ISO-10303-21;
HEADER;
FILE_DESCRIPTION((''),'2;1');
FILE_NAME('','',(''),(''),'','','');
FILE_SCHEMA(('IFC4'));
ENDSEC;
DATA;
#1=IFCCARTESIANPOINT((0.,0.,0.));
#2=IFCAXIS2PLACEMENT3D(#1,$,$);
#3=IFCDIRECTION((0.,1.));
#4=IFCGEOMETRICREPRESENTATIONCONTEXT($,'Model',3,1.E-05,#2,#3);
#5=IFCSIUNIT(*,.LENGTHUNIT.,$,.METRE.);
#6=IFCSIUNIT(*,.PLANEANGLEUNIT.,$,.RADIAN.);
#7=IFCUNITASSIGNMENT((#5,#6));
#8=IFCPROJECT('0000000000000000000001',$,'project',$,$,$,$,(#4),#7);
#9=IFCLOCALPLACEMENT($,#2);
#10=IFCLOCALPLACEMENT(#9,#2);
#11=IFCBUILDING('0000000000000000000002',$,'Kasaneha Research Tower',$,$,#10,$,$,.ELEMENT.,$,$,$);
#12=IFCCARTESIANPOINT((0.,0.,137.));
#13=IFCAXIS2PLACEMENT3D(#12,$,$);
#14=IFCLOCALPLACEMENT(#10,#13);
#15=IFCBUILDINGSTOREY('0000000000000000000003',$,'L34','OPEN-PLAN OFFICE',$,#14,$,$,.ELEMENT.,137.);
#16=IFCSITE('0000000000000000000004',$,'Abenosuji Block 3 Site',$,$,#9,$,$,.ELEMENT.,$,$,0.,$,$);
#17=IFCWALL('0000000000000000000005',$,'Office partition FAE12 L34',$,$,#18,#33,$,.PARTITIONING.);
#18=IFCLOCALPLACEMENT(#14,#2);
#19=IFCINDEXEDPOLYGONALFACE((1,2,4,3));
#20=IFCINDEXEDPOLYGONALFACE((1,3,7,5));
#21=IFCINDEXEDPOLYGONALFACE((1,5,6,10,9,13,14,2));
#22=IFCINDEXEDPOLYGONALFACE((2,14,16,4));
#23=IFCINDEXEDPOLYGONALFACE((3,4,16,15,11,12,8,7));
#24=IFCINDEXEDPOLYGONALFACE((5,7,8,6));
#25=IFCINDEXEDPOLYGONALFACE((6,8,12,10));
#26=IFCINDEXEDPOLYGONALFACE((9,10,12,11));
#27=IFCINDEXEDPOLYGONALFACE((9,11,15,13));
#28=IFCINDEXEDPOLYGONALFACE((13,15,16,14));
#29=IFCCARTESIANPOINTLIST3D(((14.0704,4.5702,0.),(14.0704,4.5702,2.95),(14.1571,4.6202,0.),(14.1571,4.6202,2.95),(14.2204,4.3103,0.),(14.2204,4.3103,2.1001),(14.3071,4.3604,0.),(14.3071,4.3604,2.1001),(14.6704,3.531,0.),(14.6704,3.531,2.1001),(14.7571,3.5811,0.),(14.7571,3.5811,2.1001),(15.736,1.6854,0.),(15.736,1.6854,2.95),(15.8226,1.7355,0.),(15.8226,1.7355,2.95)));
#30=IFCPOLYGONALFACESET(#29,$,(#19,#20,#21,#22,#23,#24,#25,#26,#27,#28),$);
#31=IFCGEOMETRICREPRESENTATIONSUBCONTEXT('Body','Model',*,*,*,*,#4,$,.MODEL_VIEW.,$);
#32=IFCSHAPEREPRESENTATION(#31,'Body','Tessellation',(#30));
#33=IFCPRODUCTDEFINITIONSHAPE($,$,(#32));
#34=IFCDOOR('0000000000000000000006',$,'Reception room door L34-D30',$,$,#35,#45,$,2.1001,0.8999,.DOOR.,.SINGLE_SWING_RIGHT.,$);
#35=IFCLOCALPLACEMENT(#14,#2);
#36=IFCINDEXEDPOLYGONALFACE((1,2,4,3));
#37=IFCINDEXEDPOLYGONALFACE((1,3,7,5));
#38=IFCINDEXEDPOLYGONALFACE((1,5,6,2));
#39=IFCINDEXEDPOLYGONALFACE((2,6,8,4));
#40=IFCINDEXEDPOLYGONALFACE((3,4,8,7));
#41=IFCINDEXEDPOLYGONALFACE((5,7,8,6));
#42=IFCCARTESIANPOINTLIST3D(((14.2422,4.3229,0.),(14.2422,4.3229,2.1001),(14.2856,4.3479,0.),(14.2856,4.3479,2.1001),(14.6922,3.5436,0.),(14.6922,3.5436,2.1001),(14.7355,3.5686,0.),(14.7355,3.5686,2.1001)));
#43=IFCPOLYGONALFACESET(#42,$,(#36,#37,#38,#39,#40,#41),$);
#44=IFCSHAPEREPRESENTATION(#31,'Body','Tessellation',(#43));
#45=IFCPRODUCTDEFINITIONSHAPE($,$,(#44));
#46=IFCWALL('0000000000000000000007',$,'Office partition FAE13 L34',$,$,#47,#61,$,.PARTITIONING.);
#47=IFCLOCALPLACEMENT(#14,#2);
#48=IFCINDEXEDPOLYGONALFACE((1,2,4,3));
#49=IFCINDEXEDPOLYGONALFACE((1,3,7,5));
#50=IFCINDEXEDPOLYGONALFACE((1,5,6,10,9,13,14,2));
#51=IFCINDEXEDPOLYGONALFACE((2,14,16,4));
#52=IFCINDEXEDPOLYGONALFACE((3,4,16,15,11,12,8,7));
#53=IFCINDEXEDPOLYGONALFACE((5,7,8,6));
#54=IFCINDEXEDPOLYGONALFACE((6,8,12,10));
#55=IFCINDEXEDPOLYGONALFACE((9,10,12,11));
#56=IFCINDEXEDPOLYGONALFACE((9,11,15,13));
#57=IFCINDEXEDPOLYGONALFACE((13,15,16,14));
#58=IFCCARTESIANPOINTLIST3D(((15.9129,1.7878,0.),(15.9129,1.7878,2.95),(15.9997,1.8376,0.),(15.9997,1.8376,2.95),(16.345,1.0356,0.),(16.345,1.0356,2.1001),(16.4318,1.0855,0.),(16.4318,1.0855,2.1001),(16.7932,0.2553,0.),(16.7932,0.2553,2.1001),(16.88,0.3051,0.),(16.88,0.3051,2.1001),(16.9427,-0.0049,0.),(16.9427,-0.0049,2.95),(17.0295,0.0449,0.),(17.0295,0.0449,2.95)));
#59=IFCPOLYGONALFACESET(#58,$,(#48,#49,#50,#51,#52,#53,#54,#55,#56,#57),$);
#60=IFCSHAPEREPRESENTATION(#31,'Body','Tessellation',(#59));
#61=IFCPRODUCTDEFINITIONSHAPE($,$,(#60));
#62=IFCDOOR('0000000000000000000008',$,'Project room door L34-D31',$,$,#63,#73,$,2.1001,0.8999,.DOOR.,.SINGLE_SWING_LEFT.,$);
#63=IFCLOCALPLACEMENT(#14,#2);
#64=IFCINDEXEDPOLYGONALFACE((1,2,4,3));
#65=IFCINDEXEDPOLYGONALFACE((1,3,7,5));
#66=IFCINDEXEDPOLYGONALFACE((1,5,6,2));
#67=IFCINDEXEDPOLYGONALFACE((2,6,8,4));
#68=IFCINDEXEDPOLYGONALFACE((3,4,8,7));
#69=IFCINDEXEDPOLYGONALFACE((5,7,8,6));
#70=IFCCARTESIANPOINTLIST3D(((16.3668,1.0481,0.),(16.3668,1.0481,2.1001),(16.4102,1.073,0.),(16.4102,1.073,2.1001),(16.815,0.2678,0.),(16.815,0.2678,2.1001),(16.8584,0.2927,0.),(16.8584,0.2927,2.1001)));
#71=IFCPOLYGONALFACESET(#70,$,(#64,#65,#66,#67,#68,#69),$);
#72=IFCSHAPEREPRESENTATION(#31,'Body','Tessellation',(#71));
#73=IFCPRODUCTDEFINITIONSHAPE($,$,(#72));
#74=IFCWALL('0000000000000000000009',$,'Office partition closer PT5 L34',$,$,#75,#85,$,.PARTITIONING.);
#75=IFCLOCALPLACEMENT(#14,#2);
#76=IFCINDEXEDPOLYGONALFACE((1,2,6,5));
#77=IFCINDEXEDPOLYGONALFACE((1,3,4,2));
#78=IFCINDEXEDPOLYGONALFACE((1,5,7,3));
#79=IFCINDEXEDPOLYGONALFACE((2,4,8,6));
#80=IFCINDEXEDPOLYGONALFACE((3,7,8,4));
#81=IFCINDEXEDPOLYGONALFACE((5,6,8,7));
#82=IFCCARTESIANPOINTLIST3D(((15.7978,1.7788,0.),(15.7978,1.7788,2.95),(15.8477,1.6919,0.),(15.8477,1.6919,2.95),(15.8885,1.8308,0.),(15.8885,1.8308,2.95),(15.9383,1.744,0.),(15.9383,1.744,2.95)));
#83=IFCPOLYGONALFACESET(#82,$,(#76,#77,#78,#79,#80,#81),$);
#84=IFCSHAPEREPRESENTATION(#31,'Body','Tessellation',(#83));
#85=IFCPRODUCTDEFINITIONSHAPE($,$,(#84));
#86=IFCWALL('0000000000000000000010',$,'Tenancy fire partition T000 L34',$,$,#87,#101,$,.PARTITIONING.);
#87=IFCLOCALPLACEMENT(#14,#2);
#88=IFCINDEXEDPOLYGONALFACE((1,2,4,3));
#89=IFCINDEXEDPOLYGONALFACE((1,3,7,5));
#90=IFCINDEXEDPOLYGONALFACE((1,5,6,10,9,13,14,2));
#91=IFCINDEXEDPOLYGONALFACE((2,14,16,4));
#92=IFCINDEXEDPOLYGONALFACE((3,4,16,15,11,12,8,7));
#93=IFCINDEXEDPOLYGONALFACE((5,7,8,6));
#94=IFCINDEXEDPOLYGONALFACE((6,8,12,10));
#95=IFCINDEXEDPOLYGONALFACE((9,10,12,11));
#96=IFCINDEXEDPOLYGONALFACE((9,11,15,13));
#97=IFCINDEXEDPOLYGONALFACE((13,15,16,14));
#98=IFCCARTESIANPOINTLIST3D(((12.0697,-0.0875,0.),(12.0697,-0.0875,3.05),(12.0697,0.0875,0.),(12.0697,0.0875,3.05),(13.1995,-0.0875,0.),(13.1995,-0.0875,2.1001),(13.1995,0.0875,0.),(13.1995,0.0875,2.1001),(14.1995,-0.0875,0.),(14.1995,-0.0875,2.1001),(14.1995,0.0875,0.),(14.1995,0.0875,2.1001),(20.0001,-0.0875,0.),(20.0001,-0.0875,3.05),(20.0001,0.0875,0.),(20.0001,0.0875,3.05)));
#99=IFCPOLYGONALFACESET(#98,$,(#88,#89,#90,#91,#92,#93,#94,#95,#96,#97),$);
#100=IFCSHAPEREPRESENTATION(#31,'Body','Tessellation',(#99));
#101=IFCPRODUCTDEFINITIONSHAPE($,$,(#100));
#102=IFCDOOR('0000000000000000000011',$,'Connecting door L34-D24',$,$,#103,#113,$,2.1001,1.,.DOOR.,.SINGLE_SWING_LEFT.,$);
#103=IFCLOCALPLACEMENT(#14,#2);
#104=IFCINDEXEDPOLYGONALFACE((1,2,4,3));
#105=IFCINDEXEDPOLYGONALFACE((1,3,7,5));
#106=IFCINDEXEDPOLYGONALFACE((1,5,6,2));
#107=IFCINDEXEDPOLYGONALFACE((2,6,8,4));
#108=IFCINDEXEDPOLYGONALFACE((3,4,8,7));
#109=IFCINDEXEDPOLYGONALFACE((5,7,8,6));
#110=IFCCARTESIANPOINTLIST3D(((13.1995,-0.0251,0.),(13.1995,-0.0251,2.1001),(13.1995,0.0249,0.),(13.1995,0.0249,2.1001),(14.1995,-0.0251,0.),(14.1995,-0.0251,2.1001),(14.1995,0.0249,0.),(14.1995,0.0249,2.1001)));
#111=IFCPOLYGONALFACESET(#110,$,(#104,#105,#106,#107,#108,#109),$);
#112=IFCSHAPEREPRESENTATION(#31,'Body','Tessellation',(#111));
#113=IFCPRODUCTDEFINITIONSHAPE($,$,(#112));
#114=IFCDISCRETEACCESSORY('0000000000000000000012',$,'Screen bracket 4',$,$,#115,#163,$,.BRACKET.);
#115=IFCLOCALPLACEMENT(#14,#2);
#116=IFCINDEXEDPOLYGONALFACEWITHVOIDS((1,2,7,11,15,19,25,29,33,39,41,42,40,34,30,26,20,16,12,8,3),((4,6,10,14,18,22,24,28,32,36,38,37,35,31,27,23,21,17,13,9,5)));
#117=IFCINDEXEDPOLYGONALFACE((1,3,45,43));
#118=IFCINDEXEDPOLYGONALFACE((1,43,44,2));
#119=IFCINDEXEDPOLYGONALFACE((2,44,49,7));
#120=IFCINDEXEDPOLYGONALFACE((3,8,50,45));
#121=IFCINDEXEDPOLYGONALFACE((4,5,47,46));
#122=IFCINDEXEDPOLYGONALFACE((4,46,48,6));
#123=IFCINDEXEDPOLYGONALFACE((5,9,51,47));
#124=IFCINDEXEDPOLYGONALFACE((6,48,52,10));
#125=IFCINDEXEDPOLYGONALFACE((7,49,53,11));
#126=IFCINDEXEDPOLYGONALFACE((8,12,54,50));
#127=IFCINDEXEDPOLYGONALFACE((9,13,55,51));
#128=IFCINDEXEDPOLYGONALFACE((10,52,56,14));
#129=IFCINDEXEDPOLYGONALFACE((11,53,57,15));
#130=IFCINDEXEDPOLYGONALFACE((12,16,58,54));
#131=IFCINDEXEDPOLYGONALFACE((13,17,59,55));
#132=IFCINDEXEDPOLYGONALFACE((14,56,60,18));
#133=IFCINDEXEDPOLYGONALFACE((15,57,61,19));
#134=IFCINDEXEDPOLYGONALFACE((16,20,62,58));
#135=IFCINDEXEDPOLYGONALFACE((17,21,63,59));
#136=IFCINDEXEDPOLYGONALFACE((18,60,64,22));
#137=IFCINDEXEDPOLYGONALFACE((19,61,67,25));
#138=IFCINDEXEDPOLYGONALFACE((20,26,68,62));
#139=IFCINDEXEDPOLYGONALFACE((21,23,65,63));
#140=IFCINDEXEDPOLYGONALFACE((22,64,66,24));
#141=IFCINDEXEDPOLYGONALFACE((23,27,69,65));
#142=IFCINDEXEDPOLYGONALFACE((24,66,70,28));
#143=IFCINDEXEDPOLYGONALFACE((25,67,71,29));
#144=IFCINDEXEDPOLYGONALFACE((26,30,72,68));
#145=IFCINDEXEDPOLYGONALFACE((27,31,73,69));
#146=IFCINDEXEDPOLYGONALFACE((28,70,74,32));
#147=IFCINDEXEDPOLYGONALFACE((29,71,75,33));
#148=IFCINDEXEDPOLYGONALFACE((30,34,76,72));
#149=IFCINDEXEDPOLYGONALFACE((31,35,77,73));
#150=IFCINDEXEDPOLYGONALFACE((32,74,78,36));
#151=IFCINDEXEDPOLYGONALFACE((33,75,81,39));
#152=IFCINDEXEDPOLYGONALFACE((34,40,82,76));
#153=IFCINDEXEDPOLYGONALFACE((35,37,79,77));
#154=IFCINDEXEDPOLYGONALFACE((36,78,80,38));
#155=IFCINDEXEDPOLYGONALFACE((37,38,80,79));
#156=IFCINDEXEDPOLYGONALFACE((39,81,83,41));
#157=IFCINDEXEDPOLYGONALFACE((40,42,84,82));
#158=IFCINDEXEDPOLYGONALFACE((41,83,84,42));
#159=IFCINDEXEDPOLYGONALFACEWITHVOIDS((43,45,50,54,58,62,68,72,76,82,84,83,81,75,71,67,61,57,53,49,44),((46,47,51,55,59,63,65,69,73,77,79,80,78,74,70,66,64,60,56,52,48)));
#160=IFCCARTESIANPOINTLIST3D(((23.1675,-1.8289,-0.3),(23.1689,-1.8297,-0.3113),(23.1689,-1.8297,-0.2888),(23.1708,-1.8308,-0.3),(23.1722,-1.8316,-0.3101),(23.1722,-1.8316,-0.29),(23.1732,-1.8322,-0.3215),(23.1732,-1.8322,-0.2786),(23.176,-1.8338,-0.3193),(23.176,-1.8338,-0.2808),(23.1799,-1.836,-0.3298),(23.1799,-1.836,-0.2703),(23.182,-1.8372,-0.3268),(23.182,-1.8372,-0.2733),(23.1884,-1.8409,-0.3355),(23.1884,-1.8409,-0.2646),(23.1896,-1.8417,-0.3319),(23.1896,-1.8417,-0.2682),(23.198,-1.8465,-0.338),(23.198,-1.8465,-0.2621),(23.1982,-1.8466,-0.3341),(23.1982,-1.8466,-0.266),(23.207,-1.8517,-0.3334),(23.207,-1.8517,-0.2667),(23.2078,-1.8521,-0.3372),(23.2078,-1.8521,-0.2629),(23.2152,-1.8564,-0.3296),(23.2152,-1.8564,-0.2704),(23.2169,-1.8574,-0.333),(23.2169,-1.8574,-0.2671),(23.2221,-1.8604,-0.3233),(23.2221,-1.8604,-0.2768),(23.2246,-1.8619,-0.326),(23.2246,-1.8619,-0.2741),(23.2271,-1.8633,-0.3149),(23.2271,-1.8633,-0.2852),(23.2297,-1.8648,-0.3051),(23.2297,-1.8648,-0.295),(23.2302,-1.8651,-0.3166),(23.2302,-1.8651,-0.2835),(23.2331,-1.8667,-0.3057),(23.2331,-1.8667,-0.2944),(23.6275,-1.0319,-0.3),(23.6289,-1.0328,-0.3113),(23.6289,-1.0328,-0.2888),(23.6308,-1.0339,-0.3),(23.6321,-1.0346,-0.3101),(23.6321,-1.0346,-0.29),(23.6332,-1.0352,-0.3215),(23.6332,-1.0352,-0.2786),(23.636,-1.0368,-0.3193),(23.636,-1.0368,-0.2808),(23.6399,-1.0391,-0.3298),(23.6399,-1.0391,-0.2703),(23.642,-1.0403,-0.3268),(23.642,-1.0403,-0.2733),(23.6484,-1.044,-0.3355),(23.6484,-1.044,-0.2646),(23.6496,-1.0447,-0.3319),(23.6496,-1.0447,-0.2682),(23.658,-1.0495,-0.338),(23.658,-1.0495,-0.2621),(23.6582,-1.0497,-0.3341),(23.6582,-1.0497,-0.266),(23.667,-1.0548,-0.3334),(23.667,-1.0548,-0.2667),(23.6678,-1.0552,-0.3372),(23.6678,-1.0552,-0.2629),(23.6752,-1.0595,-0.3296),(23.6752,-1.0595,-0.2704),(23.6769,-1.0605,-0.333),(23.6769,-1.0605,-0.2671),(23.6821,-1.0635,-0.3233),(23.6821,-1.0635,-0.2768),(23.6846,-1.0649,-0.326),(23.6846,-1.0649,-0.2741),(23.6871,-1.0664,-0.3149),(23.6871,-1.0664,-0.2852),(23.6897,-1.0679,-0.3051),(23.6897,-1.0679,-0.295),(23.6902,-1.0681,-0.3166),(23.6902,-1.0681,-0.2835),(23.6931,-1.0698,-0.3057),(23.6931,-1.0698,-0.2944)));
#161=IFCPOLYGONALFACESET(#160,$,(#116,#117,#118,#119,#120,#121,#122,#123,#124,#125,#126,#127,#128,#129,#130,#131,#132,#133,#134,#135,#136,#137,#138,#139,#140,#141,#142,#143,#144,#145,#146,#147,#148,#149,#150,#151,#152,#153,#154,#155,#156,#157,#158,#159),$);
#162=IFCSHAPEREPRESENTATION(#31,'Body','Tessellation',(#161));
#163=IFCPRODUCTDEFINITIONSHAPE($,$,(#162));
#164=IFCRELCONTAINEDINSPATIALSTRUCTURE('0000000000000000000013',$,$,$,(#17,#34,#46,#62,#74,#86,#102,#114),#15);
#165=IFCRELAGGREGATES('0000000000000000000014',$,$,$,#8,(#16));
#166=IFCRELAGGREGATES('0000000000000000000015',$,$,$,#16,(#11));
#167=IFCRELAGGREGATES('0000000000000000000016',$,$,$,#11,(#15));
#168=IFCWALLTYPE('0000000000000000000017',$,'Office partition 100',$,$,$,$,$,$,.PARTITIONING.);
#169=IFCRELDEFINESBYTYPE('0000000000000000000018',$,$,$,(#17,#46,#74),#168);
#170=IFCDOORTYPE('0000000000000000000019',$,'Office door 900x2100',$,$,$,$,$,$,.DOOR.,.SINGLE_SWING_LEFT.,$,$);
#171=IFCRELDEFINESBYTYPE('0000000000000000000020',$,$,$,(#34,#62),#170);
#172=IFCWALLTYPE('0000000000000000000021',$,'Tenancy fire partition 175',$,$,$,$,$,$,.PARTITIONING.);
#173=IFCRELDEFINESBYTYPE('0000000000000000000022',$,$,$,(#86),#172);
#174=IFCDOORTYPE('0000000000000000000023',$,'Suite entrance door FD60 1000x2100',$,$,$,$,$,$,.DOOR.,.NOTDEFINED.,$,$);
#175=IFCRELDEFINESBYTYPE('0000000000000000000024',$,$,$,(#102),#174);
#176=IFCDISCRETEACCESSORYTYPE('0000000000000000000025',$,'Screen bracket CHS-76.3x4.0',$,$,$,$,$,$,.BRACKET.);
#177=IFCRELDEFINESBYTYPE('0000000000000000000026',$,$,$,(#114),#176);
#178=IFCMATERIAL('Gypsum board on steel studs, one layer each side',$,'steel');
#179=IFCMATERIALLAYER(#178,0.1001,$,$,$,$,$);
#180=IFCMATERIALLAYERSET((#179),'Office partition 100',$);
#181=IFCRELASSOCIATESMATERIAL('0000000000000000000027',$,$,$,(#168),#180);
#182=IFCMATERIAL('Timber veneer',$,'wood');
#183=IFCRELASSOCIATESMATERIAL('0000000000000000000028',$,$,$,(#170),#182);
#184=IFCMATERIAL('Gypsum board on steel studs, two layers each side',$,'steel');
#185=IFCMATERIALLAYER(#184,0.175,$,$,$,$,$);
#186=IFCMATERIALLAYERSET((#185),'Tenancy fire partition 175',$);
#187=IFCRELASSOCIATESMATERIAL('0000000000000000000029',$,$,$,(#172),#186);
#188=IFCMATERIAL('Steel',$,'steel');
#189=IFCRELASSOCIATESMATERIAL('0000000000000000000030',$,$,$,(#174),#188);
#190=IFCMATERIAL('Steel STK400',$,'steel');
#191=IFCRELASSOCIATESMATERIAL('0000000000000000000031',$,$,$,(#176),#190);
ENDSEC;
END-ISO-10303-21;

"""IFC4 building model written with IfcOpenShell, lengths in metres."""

from ifc_helpers import new_model, si_unit, direction, frame, frame_2d, origin, origin_2d, place, context, subcontext, project, spatial, rectangle, hollow_circle, extrude, material, layer, layer_set, material_profile, profile_set, type_object, element, fill, save


model = new_model("IFC4")

# Units and contexts
model_context = context("Model", 3, precision=1e-05, world=origin(), true_north=direction((0.0, 1.0)))
body_context = subcontext(model_context, "Body", "Model", "MODEL_VIEW")
ifc_project = project(units=[si_unit("LENGTHUNIT", "METRE"), si_unit("PLANEANGLEUNIT", "RADIAN")], contexts=[model_context])

# Site, building, storey
site_placement = place(None, origin())
site = spatial("IfcSite", under=ifc_project, at=site_placement, Name="Abenosuji Block 3 Site", CompositionType="ELEMENT", RefElevation=0.0)
building_placement = place(site_placement, origin())
building = spatial("IfcBuilding", under=site, at=building_placement, Name="Kasaneha Research Tower", CompositionType="ELEMENT")
storey_placement = place(building_placement, frame((0.0, 0.0, 137.0)))
storey = spatial("IfcBuildingStorey", under=building, at=storey_placement, Name="L34", Description="OPEN-PLAN OFFICE", CompositionType="ELEMENT", Elevation=137.0)

# Shared definitions
ifc_material_1 = material(Name="Gypsum board on steel studs, one layer each side", Category="steel")
ifc_layer_1 = layer(ifc_material_1, 0.1001)
ifc_layer_set_1 = layer_set([ifc_layer_1], Name="Office partition 100")
wall_type_1 = type_object("IfcWallType", Name="Office partition 100", PredefinedType="PARTITIONING", material=ifc_layer_set_1)

# Walls, openings, doors
wall_1_placement = place(storey_placement, frame((15.7793, 1.7104, 0.0), z_axis=(0.0, 0.0, 1.0), x_axis=(-0.500002, 0.866024, 0.0)))
wall_1 = element("IfcWall", 1, at=wall_1_placement, inside=storey, type_object=wall_type_1, Name="Office partition FAE12 L34", PredefinedType="PARTITIONING", context=body_context, shape_type="SweptSolid", body=[
    extrude(rectangle(XDim=3.3311, YDim=0.1001, at=frame_2d((1.6655, 0.0))), origin(), (0.0, 0.0, 1.0), 2.95),
])
opening_1_placement = place(wall_1_placement, frame((2.1311, 0.0, 0.0)))
opening_1 = element("IfcOpeningElement", 2, at=opening_1_placement, cuts=wall_1, PredefinedType="OPENING", context=body_context, shape_type="SweptSolid", body=[
    extrude(rectangle(XDim=0.8999, YDim=2.1001, at=frame_2d((0.45, 1.05))), frame((0.0, 0.0601, 0.0), z_axis=(0.0, -1.0, 0.0), x_axis=(1.0, 0.0, 0.0)), (0.0, 0.0, 1.0), 0.1201),
])
ifc_material_2 = material(Name="Timber veneer", Category="wood")
door_type_1 = type_object("IfcDoorType", Name="Office door 900x2100", OperationType="SINGLE_SWING_LEFT", PredefinedType="DOOR", material=ifc_material_2)
door_1_placement = place(opening_1_placement, origin())
door_1 = element("IfcDoor", 3, at=door_1_placement, inside=storey, type_object=door_type_1, Name="Reception room door L34-D30", OperationType="SINGLE_SWING_RIGHT", OverallHeight=2.1001, OverallWidth=0.8999, PredefinedType="DOOR", context=body_context, shape_type="SweptSolid", body=[
    extrude(rectangle(XDim=0.8999, YDim=2.1001, at=frame_2d((0.45, 1.05))), frame((0.0, 0.0249, 0.0), z_axis=(0.0, -1.0, 0.0), x_axis=(1.0, 0.0, 0.0)), (0.0, 0.0, 1.0), 0.05),
])
fill(opening_1, door_1)
wall_2_placement = place(storey_placement, frame((16.9861, 0.02, 0.0), z_axis=(0.0, 0.0, 1.0), x_axis=(-0.498096, 0.867122, 0.0)))
wall_2 = element("IfcWall", 4, at=wall_2_placement, inside=storey, type_object=wall_type_1, Name="Office partition FAE13 L34", PredefinedType="PARTITIONING", context=body_context, shape_type="SweptSolid", body=[
    extrude(rectangle(XDim=2.0674, YDim=0.1001, at=frame_2d((1.0337, 0.0))), origin(), (0.0, 0.0, 1.0), 2.95),
])
opening_2_placement = place(wall_2_placement, frame((0.3, 0.0, 0.0)))
opening_2 = element("IfcOpeningElement", 5, at=opening_2_placement, cuts=wall_2, PredefinedType="OPENING", context=body_context, shape_type="SweptSolid", body=[
    extrude(rectangle(XDim=0.8999, YDim=2.1001, at=frame_2d((0.45, 1.05))), frame((0.0, 0.0601, 0.0), z_axis=(0.0, -1.0, 0.0), x_axis=(1.0, 0.0, 0.0)), (0.0, 0.0, 1.0), 0.1201),
])
door_2_placement = place(opening_2_placement, origin())
door_2 = element("IfcDoor", 6, at=door_2_placement, inside=storey, type_object=door_type_1, Name="Project room door L34-D31", OperationType="SINGLE_SWING_LEFT", OverallHeight=2.1001, OverallWidth=0.8999, PredefinedType="DOOR", context=body_context, shape_type="SweptSolid", body=[
    extrude(rectangle(XDim=0.8999, YDim=2.1001, at=frame_2d((0.45, 1.05))), frame((0.0, 0.0249, 0.0), z_axis=(0.0, -1.0, 0.0), x_axis=(1.0, 0.0, 0.0)), (0.0, 0.0, 1.0), 0.05),
])
fill(opening_2, door_2)

# Wall
wall_3_placement = place(storey_placement, frame((15.8228, 1.7354, 0.0), z_axis=(0.0, 0.0, 1.0), x_axis=(0.867234, 0.4979, 0.0)))
element("IfcWall", 7, at=wall_3_placement, inside=storey, type_object=wall_type_1, Name="Office partition closer PT5 L34", PredefinedType="PARTITIONING", context=body_context, shape_type="SweptSolid", body=[
    extrude(rectangle(XDim=0.1045, YDim=0.1001, at=frame_2d((0.0522, 0.0))), origin(), (0.0, 0.0, 1.0), 2.95),
])

# Wall, opening, door
ifc_material_3 = material(Name="Gypsum board on steel studs, two layers each side", Category="steel")
ifc_layer_2 = layer(ifc_material_3, 0.175)
ifc_layer_set_2 = layer_set([ifc_layer_2], Name="Tenancy fire partition 175")
wall_type_2 = type_object("IfcWallType", Name="Tenancy fire partition 175", PredefinedType="PARTITIONING", material=ifc_layer_set_2)
wall_4_placement = place(storey_placement, frame((12.0696, 0.0, 0.0), z_axis=(0.0, 0.0, 1.0), x_axis=(1.0, 0.0, 0.0)))
wall_4 = element("IfcWall", 8, at=wall_4_placement, inside=storey, type_object=wall_type_2, Name="Tenancy fire partition T000 L34", PredefinedType="PARTITIONING", context=body_context, shape_type="SweptSolid", body=[
    extrude(rectangle(XDim=7.9304, YDim=0.175, at=frame_2d((3.9653, 0.0))), origin(), (0.0, 0.0, 1.0), 3.05),
])
opening_3_placement = place(wall_4_placement, frame((1.1299, 0.0, 0.0)))
opening_3 = element("IfcOpeningElement", 9, at=opening_3_placement, cuts=wall_4, PredefinedType="OPENING", context=body_context, shape_type="SweptSolid", body=[
    extrude(rectangle(XDim=1.0, YDim=2.1001, at=frame_2d((0.5, 1.05))), frame((0.0, 0.0977, 0.0), z_axis=(0.0, -1.0, 0.0), x_axis=(1.0, 0.0, 0.0)), (0.0, 0.0, 1.0), 0.1951),
])
ifc_material_4 = material(Name="Steel", Category="steel")
door_type_2 = type_object("IfcDoorType", Name="Suite entrance door FD60 1000x2100", OperationType="NOTDEFINED", PredefinedType="DOOR", material=ifc_material_4)
door_3_placement = place(opening_3_placement, origin())
door_3 = element("IfcDoor", 10, at=door_3_placement, inside=storey, type_object=door_type_2, Name="Connecting door L34-D24", OperationType="SINGLE_SWING_LEFT", OverallHeight=2.1001, OverallWidth=1.0, PredefinedType="DOOR", context=body_context, shape_type="SweptSolid", body=[
    extrude(rectangle(XDim=1.0, YDim=2.1001, at=frame_2d((0.5, 1.05))), frame((0.0, 0.0249, 0.0), z_axis=(0.0, -1.0, 0.0), x_axis=(1.0, 0.0, 0.0)), (0.0, 0.0, 1.0), 0.05),
])
fill(opening_3, door_3)

# Discrete accessory
ifc_material_5 = material(Name="Steel STK400", Category="steel")
ifc_material_profile_1 = material_profile(ifc_material_5, hollow_circle(Radius=0.0381, WallThickness=0.0039, at=origin_2d()), Name="CHS-76.3x4.0")
ifc_profile_set_1 = profile_set([ifc_material_profile_1], Name="Steel STK400")
discrete_accessory_type = type_object("IfcDiscreteAccessoryType", Name="Screen bracket CHS-76.3x4.0", PredefinedType="BRACKET", material=ifc_profile_set_1)
discrete_accessory_placement = place(storey_placement, frame((23.2004, -1.8479, -0.3), z_axis=(0.499906, 0.86608, 0.0), x_axis=(-0.86608, 0.499906, 0.0)))
element("IfcDiscreteAccessory", 11, at=discrete_accessory_placement, inside=storey, type_object=discrete_accessory_type, Name="Screen bracket 4", PredefinedType="BRACKET", context=body_context, shape_type="SweptSolid", body=[
    extrude(hollow_circle(Radius=0.0381, WallThickness=0.0039, at=origin_2d()), origin(), (0.0, 0.0, 1.0), 0.9202),
])

save(model, "model.ifc")
